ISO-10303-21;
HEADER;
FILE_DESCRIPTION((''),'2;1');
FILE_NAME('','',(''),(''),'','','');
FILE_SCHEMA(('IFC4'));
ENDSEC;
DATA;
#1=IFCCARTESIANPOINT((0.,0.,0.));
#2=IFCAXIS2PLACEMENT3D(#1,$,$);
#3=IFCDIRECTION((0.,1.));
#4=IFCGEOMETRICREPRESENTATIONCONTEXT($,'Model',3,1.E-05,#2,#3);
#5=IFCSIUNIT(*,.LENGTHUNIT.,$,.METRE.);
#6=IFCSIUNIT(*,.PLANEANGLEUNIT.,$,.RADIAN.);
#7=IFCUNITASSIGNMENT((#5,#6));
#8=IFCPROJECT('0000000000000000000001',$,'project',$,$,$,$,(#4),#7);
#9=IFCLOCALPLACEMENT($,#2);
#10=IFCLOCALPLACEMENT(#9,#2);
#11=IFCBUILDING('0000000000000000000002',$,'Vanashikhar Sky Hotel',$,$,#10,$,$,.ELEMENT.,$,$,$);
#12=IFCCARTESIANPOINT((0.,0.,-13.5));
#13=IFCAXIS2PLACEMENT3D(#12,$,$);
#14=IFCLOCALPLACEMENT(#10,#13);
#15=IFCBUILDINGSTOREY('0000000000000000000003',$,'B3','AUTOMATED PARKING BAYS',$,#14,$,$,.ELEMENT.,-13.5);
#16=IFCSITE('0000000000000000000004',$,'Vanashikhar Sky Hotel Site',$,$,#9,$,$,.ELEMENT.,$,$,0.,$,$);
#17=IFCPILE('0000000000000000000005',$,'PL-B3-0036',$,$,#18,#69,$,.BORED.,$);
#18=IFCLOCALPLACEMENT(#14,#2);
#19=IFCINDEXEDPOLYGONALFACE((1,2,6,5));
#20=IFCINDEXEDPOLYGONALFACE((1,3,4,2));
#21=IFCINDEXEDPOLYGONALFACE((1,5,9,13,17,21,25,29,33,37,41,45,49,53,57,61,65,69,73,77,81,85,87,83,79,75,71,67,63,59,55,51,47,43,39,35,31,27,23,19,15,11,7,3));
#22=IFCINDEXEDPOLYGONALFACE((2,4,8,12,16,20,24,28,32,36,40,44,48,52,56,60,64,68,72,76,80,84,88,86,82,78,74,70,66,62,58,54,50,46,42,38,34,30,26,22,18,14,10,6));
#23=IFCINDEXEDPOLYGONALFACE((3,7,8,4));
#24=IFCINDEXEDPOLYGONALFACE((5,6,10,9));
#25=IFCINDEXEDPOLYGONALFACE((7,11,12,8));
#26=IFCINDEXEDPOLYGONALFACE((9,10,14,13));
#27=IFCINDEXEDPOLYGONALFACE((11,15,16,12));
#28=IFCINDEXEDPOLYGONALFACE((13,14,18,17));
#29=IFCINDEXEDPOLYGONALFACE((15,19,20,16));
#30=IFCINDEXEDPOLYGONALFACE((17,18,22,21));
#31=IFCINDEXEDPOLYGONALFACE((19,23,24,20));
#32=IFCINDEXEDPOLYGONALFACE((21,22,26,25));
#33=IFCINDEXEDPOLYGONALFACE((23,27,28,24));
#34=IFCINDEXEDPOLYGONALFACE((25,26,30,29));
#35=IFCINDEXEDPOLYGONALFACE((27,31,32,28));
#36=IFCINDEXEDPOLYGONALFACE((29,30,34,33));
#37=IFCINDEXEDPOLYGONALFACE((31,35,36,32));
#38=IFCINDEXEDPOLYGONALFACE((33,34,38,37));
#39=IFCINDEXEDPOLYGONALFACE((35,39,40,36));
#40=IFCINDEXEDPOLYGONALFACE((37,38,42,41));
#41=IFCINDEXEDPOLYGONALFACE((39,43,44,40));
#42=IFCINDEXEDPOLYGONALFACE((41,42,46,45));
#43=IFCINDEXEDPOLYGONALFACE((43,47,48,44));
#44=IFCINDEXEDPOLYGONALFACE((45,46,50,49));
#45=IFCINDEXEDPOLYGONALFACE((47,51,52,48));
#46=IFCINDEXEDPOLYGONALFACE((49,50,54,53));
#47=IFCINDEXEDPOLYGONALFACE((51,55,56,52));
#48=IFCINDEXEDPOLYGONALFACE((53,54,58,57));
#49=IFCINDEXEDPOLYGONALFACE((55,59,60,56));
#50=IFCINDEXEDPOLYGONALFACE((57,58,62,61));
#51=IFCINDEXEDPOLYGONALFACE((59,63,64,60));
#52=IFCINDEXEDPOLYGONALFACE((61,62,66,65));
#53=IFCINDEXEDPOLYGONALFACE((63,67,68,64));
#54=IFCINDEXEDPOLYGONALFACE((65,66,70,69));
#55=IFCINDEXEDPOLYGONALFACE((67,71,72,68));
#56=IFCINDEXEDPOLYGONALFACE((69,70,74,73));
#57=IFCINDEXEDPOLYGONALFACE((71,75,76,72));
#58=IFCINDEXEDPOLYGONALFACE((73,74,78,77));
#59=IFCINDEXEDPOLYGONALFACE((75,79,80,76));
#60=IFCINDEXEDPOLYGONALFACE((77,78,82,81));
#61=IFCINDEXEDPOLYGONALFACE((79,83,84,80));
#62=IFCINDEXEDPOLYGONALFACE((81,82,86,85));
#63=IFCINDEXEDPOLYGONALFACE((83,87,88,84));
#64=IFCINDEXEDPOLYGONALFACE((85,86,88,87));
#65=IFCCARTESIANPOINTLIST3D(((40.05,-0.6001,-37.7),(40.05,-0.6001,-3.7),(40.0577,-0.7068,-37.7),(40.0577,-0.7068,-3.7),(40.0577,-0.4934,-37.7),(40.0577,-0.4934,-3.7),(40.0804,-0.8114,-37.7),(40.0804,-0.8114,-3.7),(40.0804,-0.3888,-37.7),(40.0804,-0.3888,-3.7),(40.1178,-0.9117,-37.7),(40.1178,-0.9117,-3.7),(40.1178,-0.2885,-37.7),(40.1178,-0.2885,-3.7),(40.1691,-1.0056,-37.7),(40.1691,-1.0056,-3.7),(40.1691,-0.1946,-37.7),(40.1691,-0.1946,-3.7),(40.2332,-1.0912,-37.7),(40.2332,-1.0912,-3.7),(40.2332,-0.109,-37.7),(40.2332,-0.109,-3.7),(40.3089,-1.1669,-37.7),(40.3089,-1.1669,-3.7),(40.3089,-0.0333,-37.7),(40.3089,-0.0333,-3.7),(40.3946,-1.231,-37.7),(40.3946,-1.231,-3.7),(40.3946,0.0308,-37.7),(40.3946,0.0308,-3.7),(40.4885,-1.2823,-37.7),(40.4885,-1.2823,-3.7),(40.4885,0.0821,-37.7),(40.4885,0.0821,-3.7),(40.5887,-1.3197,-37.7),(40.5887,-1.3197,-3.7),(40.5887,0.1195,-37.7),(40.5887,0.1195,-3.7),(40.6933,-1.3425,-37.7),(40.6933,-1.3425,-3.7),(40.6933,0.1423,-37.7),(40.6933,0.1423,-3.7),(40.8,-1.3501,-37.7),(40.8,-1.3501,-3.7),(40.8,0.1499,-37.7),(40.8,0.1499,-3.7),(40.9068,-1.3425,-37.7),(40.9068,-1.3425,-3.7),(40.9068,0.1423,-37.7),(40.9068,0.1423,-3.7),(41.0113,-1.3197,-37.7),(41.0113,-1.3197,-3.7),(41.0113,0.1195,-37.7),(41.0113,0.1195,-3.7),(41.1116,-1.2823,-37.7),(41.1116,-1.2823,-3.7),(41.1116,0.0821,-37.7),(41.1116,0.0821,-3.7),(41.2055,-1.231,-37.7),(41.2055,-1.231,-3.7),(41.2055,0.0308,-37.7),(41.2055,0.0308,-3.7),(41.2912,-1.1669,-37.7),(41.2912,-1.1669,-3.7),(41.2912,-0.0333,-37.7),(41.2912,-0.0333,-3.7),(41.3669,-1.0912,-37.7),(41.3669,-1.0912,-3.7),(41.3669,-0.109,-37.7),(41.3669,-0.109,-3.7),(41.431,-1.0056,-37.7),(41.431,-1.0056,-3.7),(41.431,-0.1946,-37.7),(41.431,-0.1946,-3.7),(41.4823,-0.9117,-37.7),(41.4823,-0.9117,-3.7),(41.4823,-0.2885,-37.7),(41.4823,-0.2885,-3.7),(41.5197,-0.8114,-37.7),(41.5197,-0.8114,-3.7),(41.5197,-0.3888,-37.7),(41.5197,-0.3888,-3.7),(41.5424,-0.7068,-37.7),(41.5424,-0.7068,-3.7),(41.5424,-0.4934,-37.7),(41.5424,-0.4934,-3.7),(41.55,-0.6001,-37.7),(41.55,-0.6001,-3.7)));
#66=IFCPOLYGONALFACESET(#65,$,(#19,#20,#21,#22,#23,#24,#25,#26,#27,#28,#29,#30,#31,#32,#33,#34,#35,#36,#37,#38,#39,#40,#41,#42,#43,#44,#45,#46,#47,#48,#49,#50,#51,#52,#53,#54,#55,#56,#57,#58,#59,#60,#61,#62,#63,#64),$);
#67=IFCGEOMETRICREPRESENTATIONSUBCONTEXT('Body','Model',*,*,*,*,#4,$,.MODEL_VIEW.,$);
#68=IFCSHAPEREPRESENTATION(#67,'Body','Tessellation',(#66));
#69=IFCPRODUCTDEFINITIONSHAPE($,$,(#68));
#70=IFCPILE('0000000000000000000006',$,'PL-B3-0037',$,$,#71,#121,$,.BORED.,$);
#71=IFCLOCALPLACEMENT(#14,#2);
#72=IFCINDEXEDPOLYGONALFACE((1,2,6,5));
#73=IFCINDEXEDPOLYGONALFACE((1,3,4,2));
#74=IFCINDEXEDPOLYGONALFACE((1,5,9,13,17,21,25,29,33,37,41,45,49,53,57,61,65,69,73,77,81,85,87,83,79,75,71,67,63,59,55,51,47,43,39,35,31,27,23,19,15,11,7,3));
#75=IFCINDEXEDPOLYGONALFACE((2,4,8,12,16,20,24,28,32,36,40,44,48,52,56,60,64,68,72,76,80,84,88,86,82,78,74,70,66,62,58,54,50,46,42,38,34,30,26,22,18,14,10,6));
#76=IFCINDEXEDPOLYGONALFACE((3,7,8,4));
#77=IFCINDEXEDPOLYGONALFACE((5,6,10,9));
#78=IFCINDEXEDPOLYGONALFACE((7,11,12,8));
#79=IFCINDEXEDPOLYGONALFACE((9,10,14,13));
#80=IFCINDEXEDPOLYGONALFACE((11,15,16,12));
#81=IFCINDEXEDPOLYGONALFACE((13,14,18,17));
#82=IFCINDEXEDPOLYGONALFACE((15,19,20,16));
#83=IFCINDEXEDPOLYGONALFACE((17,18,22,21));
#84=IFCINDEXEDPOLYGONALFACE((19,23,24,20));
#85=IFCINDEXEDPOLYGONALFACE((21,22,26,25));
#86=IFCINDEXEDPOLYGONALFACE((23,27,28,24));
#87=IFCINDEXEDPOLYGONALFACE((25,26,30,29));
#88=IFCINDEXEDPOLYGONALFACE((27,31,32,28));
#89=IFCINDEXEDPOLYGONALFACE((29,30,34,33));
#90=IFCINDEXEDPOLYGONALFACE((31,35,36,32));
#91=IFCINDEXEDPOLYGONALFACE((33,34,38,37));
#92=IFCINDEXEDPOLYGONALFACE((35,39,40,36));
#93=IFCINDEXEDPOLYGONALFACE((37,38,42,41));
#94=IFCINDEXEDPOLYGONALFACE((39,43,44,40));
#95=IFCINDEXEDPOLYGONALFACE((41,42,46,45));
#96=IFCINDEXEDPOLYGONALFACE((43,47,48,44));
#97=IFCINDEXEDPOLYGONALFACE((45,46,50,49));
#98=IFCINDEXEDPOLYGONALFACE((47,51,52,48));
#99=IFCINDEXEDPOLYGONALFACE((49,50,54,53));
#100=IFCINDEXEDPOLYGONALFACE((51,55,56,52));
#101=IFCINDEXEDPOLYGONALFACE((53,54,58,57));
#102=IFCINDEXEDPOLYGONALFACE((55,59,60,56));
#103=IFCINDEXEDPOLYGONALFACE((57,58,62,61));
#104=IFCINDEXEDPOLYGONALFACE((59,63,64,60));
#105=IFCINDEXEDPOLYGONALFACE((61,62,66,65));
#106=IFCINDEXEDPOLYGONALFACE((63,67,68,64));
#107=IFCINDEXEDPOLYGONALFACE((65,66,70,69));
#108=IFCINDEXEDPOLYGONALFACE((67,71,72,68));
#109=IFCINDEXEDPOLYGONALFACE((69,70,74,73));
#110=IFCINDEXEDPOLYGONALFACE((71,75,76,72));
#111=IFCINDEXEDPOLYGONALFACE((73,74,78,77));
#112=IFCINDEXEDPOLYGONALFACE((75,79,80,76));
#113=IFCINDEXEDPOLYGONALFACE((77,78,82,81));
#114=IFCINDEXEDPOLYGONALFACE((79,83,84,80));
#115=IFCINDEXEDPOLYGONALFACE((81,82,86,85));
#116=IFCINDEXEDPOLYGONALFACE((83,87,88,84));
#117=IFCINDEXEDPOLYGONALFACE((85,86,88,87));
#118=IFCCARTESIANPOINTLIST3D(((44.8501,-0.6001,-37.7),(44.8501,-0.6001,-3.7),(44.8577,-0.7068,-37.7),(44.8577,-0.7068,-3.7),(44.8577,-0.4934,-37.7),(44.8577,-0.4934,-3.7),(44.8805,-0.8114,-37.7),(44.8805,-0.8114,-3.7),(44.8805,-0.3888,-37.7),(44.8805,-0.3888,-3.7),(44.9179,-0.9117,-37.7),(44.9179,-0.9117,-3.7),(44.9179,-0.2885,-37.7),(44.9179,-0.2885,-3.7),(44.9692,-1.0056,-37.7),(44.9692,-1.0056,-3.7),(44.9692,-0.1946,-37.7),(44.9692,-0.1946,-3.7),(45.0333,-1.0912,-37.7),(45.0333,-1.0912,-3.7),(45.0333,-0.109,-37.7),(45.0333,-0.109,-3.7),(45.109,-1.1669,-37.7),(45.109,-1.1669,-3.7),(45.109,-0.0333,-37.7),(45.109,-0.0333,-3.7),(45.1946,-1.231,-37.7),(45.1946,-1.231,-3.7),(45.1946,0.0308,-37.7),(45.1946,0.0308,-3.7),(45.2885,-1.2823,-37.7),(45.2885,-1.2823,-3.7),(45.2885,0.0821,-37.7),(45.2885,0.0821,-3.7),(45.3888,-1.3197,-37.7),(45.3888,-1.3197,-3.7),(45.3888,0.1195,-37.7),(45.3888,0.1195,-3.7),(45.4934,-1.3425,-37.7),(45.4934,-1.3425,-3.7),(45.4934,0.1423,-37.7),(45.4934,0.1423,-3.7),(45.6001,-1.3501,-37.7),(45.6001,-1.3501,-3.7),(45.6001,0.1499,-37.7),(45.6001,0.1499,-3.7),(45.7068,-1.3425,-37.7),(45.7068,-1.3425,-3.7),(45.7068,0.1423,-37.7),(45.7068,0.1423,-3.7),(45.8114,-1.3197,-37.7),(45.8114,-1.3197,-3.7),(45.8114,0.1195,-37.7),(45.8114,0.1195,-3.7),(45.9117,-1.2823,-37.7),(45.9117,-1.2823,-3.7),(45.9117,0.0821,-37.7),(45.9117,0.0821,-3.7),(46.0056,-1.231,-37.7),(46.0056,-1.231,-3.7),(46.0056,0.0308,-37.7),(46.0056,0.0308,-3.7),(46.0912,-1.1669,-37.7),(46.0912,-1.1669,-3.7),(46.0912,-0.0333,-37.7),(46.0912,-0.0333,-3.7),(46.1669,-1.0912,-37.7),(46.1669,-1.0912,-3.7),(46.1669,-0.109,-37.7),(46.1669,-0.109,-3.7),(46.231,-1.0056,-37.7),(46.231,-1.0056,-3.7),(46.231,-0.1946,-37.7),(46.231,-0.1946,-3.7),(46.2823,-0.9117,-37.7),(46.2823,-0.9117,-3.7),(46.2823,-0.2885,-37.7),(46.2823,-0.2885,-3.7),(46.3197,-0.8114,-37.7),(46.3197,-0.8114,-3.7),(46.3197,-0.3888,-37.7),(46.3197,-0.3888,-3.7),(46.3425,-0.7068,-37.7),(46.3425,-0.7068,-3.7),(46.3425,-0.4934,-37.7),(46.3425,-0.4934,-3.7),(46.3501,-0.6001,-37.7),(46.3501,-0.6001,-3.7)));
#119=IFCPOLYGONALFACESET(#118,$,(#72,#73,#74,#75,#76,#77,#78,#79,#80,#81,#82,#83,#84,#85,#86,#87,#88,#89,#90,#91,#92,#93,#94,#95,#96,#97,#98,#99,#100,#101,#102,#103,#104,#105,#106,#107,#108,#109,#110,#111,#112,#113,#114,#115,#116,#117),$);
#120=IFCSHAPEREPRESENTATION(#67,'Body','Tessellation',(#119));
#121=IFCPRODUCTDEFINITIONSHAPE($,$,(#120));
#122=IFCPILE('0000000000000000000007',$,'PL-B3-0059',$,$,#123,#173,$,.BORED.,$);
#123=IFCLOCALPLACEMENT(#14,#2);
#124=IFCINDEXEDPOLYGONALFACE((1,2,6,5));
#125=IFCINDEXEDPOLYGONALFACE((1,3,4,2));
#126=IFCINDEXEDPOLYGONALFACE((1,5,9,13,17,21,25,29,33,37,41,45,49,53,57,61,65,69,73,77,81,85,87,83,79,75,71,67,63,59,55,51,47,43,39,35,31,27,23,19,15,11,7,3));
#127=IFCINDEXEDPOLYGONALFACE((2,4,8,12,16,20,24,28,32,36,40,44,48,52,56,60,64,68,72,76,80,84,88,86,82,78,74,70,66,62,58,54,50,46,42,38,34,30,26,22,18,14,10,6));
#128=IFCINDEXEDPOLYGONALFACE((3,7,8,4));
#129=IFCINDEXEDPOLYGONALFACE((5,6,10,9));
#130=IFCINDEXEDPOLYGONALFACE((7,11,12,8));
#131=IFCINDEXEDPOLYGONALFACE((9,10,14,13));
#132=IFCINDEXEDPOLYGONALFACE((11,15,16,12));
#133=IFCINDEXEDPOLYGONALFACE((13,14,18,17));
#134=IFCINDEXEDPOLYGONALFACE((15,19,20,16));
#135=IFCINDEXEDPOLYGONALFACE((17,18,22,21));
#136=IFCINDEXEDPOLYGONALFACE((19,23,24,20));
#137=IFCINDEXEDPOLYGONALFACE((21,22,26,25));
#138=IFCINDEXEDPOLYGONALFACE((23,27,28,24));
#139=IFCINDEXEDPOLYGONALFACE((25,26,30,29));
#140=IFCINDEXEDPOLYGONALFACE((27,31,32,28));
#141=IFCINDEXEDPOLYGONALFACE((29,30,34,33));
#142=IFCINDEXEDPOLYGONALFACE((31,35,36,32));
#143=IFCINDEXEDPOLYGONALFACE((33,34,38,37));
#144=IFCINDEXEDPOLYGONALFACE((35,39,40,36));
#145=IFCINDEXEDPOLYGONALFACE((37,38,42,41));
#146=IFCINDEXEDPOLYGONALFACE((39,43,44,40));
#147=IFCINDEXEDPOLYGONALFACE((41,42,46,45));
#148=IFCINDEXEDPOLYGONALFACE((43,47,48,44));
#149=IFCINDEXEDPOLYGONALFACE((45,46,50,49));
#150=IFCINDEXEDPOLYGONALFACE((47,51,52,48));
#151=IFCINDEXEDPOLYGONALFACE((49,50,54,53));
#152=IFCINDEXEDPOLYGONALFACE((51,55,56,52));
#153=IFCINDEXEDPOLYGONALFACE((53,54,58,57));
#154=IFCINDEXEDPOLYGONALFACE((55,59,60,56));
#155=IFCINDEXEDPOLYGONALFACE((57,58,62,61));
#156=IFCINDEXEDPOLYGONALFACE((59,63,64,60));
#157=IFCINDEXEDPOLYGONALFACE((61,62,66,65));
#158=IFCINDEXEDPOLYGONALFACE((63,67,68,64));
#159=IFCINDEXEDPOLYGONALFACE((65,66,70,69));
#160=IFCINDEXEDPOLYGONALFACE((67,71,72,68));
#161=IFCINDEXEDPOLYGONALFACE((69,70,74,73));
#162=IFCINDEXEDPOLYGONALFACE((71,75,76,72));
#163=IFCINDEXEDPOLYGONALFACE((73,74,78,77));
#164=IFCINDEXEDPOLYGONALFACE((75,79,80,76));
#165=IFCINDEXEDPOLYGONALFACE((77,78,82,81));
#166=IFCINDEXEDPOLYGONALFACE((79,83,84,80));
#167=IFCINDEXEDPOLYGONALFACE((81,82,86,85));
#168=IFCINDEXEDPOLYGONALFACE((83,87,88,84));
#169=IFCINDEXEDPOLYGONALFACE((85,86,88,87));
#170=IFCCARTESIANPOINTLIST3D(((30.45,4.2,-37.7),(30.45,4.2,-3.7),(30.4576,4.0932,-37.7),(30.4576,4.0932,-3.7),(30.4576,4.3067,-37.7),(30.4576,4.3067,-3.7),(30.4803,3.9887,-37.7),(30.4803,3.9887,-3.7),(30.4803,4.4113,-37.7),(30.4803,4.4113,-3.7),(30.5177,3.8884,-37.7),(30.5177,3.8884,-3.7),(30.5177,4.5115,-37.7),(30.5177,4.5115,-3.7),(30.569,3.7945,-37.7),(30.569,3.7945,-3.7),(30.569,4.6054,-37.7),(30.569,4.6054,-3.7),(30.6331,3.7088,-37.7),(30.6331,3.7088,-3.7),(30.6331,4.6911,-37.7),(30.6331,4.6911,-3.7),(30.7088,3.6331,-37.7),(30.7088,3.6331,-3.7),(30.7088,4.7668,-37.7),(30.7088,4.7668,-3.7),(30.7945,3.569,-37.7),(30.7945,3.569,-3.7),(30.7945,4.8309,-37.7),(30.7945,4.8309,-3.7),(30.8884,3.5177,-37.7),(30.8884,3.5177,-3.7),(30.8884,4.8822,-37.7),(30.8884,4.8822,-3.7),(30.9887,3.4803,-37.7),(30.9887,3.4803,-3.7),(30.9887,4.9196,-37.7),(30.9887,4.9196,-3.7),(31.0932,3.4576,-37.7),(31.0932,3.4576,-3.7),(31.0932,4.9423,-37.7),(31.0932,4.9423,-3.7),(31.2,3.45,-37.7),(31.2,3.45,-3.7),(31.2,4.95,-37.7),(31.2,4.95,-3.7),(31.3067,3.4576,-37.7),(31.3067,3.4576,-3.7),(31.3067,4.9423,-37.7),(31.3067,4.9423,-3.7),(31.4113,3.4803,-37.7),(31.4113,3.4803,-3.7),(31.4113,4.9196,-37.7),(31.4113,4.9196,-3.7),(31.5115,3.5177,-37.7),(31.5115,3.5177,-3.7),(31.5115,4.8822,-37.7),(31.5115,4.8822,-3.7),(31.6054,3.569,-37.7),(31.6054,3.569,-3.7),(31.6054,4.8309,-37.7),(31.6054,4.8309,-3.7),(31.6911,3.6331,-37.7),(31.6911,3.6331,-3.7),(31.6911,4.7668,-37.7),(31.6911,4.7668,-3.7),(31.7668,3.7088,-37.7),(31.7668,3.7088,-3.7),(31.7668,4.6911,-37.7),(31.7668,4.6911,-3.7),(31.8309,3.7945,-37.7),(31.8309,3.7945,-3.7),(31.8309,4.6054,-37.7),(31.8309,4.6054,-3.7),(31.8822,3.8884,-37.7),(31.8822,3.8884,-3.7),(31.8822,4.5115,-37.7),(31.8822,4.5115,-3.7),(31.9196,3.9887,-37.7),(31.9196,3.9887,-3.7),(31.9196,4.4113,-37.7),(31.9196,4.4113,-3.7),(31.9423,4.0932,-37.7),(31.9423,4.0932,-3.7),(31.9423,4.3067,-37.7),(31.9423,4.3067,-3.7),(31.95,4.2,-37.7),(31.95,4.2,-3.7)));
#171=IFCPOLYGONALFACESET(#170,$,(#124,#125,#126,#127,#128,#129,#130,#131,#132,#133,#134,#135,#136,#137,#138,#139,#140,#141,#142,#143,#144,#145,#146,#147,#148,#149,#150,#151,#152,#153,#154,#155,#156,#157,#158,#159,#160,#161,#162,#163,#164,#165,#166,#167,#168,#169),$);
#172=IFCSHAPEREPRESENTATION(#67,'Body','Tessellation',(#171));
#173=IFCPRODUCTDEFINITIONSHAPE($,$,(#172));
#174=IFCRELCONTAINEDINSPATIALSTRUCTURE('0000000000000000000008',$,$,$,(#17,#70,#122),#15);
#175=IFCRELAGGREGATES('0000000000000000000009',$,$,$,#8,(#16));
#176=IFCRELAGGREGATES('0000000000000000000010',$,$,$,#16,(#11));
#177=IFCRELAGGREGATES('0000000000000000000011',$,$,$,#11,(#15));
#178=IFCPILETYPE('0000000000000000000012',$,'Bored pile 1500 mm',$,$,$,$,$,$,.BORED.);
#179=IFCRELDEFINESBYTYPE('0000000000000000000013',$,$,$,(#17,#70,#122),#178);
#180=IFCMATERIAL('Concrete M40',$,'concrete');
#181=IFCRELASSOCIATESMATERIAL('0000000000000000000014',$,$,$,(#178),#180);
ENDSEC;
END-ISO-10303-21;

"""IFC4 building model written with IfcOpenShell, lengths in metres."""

from ifc_helpers import new_model, si_unit, direction, frame, origin, origin_2d, place, context, subcontext, project, spatial, circle, extrude, source, transform, mapped, material, type_object, element, save


model = new_model("IFC4")

# Units and contexts
model_context = context("Model", 3, precision=1e-05, world=origin(), true_north=direction((0.0, 1.0)))
body_context = subcontext(model_context, "Body", "Model", "MODEL_VIEW")
ifc_project = project(units=[si_unit("LENGTHUNIT", "METRE"), si_unit("PLANEANGLEUNIT", "RADIAN")], contexts=[model_context])

# Site, building, storey
site_placement = place(None, origin())
site = spatial("IfcSite", under=ifc_project, at=site_placement, Name="Vanashikhar Sky Hotel Site", CompositionType="ELEMENT", RefElevation=0.0)
building_placement = place(site_placement, origin())
building = spatial("IfcBuilding", under=site, at=building_placement, Name="Vanashikhar Sky Hotel", CompositionType="ELEMENT")
storey_placement = place(building_placement, frame((0.0, 0.0, -13.5)))
storey = spatial("IfcBuildingStorey", under=building, at=storey_placement, Name="B3", Description="AUTOMATED PARKING BAYS", CompositionType="ELEMENT", Elevation=-13.5)

# Piles
ifc_material_1 = material(Name="Concrete M40", Category="concrete")
pile_type = type_object("IfcPileType", Name="Bored pile 1500 mm", PredefinedType="BORED", material=ifc_material_1)
shared_shape_1 = source(origin(), body_context, "Body", "SweptSolid", [
    extrude(circle(Radius=0.75, at=origin_2d()), origin(), (0.0, 0.0, 1.0), 34.0),
])
for number, where, z_axis, x_axis, name in (
    (1, (40.8, -0.6001, -3.7), (0.0, 0.0, -1.0), (1.0, 0.0, 0.0), "PL-B3-0036"),
    (2, (45.6001, -0.6001, -3.7), (0.0, 0.0, -1.0), (1.0, 0.0, 0.0), "PL-B3-0037"),
    (3, (31.2, 4.2, -3.7), (0.0, 0.0, -1.0), (1.0, 0.0, 0.0), "PL-B3-0059"),
):
    element("IfcPile", number, at=place(storey_placement, frame(where, z_axis=z_axis, x_axis=x_axis)), inside=storey, type_object=pile_type, Name=name, PredefinedType="BORED", context=body_context, shape_type="MappedRepresentation", body=[
        mapped(shared_shape_1, transform((0.0, 0.0, 0.0), scale=1.0)),
    ])

save(model, "model.ifc")
